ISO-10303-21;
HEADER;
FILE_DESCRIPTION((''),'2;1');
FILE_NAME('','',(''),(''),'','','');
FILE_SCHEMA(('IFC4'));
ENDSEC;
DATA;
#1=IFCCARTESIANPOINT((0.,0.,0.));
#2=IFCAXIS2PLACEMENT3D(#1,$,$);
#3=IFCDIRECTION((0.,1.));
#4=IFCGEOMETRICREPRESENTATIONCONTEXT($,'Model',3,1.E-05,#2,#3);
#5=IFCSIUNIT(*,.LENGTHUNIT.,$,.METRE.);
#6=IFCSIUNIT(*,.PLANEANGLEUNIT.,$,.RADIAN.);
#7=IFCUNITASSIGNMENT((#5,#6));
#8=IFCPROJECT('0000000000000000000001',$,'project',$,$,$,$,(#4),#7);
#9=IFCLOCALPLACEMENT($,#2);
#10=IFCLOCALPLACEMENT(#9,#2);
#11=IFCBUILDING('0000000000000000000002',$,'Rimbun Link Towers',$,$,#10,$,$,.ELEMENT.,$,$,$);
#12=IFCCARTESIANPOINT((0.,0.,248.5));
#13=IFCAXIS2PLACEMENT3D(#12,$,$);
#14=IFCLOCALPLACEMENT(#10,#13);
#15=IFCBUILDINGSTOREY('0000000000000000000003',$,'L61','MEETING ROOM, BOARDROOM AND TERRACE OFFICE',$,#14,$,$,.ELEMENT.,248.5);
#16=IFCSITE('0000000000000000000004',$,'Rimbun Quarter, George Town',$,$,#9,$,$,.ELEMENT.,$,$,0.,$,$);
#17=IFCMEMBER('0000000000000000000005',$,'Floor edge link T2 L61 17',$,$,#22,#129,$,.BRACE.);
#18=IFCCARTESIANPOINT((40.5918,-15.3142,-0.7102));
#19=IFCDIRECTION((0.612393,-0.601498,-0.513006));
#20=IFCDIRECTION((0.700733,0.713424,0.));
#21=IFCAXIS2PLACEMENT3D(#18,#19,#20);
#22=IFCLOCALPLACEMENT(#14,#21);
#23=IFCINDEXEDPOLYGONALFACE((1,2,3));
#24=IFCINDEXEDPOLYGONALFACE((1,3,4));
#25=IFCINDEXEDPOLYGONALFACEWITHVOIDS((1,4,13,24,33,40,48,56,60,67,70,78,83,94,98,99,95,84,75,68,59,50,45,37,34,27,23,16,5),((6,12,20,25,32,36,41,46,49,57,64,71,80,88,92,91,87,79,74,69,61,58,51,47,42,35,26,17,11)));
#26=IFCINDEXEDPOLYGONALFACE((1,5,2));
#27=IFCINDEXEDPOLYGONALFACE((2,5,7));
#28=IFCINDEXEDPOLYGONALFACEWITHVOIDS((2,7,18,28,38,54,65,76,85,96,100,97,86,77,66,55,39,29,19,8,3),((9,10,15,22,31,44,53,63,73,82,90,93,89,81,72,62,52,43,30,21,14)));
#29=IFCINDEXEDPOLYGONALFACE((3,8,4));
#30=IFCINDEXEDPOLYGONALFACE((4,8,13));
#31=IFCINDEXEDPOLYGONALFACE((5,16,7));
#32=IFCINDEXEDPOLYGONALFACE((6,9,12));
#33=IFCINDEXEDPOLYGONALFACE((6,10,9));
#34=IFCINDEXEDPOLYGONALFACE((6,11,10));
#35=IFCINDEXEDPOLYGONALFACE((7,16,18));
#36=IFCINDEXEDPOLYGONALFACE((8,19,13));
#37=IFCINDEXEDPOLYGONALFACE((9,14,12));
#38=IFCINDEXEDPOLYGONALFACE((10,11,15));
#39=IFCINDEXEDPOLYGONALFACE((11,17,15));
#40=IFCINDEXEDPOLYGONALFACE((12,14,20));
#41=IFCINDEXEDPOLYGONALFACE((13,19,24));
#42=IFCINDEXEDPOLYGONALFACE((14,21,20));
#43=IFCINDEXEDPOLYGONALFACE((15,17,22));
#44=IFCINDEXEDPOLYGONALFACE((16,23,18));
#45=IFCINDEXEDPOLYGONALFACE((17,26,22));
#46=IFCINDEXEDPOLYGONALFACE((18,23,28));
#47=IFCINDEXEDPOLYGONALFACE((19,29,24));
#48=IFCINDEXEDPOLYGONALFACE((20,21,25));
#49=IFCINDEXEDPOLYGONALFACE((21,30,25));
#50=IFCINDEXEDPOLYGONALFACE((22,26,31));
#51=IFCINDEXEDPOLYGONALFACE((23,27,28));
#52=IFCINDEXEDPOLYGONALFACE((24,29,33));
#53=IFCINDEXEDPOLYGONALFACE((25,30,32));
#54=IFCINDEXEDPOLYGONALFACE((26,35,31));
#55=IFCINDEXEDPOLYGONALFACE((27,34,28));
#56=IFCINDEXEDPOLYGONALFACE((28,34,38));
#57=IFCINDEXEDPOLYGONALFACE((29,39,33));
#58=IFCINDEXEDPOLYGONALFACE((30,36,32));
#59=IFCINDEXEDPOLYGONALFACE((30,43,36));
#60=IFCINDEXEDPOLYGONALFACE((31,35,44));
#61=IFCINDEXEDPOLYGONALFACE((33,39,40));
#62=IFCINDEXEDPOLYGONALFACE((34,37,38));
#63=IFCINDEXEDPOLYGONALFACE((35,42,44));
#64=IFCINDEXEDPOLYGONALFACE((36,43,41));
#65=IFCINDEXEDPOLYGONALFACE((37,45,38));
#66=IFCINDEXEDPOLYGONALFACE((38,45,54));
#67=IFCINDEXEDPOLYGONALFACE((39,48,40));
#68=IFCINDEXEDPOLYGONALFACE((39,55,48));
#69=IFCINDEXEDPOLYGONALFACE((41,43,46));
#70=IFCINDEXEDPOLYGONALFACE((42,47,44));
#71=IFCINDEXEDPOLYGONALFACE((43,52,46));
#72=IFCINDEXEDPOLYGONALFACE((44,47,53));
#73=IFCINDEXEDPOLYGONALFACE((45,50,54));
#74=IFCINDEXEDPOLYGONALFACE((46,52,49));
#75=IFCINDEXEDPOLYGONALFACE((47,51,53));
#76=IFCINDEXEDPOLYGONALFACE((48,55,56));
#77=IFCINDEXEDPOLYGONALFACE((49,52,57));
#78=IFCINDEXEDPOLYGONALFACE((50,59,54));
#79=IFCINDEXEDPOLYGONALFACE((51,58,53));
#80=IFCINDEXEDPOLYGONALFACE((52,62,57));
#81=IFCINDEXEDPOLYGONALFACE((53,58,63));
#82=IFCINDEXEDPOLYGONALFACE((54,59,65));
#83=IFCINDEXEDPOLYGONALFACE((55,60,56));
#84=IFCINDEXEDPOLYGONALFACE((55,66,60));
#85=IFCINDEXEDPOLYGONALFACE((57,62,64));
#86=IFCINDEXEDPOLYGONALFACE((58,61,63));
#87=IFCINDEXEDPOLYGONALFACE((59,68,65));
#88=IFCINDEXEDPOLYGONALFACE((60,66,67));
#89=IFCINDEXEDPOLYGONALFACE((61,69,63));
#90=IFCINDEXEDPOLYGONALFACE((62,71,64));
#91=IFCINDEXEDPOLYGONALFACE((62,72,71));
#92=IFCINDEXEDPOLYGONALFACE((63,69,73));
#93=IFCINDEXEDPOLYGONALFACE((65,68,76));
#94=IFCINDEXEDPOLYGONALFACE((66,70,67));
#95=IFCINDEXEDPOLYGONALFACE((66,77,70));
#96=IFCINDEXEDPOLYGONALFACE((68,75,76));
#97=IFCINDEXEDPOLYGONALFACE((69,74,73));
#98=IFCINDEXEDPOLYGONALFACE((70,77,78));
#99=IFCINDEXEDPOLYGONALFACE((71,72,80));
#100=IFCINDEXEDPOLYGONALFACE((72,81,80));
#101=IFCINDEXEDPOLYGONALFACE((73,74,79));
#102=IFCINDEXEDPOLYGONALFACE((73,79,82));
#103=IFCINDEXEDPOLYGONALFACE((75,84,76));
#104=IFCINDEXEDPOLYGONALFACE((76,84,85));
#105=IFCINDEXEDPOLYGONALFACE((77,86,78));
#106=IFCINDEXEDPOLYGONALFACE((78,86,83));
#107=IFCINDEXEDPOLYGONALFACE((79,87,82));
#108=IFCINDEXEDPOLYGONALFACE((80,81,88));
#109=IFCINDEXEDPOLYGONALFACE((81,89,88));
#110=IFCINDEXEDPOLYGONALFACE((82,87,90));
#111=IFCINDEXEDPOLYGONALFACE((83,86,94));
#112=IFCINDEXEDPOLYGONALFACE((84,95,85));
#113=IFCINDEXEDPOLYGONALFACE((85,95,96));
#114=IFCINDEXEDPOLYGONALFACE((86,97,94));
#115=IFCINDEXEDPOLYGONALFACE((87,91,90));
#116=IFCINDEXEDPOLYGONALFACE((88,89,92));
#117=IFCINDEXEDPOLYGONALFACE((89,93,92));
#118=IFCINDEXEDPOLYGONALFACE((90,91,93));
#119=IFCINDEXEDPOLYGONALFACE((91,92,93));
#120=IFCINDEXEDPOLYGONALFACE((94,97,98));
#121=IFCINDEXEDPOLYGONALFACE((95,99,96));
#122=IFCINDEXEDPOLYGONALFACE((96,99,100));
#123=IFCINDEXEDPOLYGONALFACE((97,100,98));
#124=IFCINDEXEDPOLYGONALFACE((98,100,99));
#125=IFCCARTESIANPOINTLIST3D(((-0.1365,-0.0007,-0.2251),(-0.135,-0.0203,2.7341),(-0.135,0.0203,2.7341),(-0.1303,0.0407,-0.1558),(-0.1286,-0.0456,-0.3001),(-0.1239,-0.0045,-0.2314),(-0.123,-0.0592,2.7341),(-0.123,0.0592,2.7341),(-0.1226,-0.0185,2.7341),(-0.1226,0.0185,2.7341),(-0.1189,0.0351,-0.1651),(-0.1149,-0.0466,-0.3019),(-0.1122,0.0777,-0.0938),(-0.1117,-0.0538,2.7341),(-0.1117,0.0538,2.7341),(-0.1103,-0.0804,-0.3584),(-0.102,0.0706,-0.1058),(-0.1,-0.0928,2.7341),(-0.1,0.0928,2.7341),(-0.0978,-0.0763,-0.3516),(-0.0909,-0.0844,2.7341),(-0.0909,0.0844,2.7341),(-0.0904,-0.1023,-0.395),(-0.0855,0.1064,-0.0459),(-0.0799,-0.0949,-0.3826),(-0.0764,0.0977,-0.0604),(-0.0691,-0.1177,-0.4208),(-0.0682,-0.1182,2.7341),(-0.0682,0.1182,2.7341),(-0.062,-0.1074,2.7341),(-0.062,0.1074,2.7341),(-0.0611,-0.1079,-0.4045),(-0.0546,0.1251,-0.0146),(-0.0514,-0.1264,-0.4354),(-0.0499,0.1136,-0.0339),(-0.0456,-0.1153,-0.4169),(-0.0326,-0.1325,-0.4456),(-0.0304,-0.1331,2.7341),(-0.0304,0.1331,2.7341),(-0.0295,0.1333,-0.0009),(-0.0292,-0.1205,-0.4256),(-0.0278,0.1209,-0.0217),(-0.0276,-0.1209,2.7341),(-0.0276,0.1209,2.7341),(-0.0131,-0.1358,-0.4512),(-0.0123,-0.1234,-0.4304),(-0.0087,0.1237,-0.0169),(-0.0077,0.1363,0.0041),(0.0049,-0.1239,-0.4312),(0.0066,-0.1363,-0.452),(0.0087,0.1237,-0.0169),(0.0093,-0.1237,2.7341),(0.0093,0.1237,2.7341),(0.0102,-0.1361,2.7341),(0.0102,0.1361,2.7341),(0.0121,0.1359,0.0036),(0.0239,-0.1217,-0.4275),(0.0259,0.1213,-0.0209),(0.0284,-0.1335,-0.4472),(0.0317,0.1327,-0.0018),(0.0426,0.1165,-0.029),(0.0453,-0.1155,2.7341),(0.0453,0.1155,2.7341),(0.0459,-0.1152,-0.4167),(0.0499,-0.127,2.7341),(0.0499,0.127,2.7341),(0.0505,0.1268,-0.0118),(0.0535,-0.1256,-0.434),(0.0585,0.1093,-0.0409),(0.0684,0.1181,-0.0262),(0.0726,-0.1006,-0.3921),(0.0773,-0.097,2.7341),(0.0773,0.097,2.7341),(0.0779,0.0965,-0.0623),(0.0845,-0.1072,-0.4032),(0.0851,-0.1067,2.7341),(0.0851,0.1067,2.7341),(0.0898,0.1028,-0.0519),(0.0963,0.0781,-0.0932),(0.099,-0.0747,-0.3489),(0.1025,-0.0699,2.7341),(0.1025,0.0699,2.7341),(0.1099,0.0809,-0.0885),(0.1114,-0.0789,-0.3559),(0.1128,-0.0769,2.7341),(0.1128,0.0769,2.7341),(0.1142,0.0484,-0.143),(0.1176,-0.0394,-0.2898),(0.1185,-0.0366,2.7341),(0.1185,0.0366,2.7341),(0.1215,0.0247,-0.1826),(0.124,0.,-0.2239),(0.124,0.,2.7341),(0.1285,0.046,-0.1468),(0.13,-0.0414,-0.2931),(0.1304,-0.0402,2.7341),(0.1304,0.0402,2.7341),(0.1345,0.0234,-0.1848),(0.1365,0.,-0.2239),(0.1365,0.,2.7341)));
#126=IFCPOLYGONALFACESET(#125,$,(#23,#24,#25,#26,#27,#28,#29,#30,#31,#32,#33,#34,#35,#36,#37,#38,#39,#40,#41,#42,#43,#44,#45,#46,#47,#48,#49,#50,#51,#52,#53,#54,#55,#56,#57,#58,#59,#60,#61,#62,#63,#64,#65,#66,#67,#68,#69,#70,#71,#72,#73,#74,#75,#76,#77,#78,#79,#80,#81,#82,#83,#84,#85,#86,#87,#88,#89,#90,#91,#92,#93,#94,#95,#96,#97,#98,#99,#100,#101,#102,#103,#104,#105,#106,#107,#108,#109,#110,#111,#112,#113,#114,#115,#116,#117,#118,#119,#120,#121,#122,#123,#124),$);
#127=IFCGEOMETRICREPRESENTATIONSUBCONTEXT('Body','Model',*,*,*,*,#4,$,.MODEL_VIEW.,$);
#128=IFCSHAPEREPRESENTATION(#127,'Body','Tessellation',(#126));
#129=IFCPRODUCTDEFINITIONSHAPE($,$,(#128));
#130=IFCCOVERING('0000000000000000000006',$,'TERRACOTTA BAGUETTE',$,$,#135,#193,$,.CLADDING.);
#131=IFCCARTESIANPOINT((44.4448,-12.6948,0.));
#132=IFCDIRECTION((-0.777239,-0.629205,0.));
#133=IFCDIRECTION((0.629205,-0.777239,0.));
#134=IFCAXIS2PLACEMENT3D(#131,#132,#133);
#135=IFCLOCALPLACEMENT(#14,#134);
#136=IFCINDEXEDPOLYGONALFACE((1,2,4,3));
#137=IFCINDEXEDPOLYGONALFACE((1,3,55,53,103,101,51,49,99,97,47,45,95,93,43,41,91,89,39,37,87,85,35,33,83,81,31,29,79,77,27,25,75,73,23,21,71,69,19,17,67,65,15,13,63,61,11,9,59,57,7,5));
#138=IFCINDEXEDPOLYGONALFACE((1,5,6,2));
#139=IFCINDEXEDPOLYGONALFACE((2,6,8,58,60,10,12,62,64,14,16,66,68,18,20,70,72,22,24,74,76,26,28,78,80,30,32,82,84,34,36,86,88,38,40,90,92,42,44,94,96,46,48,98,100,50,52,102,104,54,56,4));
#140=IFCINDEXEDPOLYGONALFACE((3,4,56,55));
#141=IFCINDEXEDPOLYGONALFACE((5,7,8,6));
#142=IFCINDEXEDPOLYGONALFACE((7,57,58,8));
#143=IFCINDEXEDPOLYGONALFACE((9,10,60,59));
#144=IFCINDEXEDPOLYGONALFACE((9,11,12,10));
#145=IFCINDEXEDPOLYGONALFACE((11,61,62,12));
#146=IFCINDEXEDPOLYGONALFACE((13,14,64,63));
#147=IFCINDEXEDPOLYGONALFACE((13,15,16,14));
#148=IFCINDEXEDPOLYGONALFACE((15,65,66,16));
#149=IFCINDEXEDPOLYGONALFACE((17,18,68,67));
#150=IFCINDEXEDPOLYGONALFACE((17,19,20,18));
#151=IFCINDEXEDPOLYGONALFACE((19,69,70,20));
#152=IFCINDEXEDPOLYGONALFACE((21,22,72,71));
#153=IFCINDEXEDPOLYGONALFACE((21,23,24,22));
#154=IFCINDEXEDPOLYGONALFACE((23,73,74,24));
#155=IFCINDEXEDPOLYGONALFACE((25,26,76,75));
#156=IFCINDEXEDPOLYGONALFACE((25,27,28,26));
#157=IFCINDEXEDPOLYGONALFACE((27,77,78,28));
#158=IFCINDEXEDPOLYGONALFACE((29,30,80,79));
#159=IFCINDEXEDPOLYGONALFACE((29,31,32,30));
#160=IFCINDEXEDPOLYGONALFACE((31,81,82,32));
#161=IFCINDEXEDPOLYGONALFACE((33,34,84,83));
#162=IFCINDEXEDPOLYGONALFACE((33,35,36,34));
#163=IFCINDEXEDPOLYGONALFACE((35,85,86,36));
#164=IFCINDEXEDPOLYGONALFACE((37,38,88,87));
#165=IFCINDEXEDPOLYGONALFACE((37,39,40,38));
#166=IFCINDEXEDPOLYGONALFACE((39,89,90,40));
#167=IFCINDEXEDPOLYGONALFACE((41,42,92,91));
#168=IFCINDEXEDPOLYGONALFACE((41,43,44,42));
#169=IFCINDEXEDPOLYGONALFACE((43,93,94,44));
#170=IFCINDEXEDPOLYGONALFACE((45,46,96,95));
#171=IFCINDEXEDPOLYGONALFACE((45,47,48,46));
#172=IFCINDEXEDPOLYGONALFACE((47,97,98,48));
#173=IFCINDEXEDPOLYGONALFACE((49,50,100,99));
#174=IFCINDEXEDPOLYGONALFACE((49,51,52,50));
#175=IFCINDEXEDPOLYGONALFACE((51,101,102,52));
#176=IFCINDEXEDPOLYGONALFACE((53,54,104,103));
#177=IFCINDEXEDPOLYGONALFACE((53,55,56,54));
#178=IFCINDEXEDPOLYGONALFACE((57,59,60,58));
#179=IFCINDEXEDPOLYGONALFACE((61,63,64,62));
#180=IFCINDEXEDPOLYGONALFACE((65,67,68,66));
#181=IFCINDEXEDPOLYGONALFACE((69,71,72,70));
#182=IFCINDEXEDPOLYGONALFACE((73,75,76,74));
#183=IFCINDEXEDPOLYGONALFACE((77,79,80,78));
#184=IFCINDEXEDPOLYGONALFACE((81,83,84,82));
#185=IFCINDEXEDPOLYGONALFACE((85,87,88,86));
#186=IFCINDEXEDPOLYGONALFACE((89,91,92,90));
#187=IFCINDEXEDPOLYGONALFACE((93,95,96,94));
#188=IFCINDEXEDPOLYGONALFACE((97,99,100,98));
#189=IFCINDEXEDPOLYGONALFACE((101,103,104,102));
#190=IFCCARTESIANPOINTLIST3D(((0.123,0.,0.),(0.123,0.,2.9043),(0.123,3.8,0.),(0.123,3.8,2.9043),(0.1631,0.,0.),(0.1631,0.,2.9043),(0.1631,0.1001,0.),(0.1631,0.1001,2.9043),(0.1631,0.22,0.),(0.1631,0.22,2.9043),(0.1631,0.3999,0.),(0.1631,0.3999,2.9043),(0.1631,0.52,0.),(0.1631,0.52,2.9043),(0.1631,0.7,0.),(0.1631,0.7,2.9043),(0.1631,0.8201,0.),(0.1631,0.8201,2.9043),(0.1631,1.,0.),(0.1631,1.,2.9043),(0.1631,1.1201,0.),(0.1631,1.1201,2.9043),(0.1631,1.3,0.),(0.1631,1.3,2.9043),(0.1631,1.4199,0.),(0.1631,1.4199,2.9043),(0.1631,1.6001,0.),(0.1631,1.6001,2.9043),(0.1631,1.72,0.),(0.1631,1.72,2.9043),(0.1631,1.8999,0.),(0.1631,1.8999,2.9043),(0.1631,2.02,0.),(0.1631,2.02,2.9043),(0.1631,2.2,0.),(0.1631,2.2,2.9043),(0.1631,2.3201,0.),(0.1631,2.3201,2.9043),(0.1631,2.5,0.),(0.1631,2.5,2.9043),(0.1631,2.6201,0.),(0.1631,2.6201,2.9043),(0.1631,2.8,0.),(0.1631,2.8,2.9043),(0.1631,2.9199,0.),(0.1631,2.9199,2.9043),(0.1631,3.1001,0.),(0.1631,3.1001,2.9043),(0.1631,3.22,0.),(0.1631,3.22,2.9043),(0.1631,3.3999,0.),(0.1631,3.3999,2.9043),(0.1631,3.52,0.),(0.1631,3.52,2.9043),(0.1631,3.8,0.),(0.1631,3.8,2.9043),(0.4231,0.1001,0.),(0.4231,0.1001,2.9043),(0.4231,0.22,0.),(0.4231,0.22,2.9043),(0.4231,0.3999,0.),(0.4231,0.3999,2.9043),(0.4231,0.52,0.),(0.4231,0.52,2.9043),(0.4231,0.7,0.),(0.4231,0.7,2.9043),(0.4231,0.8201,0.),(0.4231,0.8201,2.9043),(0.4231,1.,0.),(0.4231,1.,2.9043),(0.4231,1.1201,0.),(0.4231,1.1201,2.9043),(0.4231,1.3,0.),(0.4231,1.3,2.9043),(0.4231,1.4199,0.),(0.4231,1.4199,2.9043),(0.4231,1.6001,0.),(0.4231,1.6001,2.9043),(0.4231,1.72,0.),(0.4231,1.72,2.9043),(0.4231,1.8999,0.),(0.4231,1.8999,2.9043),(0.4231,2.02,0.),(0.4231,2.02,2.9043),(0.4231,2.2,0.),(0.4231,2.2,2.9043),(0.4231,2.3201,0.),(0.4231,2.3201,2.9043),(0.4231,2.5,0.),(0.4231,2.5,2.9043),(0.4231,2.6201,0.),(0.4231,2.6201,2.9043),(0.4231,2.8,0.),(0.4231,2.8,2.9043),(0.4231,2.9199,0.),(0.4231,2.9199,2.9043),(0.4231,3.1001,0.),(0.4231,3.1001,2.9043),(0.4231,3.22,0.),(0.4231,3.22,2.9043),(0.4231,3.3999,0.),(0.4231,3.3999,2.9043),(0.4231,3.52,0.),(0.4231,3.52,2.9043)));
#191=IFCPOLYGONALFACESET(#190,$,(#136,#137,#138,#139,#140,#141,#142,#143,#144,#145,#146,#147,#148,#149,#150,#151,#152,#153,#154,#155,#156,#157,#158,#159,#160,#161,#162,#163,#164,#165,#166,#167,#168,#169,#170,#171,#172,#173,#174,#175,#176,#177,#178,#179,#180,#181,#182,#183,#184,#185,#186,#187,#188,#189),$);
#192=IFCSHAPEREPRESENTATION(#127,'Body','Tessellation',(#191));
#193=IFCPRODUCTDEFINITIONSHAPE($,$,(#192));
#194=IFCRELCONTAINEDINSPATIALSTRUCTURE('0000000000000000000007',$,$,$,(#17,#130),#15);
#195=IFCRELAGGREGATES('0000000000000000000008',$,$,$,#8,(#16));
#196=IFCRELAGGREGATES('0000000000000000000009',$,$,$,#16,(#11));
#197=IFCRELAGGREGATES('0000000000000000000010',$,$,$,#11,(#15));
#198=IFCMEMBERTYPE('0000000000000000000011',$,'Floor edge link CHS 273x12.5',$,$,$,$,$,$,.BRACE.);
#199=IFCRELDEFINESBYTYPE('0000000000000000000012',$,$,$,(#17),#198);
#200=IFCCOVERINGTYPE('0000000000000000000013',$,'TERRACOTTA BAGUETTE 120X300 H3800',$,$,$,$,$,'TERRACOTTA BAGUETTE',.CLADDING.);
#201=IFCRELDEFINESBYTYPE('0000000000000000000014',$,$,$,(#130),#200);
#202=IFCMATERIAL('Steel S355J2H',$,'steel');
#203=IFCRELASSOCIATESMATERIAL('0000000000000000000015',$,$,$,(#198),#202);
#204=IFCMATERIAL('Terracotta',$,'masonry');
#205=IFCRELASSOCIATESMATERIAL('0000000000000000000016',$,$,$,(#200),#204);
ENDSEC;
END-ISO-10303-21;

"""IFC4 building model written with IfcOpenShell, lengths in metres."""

from ifc_helpers import new_model, si_unit, direction, frame, origin, origin_2d, place, context, subcontext, project, spatial, polyline, hollow_circle, outline, extrude, clip, halfspace, material, material_profile, profile_set, type_object, element, save


model = new_model("IFC4")

# Units and contexts
model_context = context("Model", 3, precision=1e-05, world=origin(), true_north=direction((0.0, 1.0)))
body_context = subcontext(model_context, "Body", "Model", "MODEL_VIEW")
ifc_project = project(units=[si_unit("LENGTHUNIT", "METRE"), si_unit("PLANEANGLEUNIT", "RADIAN")], contexts=[model_context])

# Site, building, storey
site_placement = place(None, origin())
site = spatial("IfcSite", under=ifc_project, at=site_placement, Name="Rimbun Quarter, George Town", CompositionType="ELEMENT", RefElevation=0.0)
building_placement = place(site_placement, origin())
building = spatial("IfcBuilding", under=site, at=building_placement, Name="Rimbun Link Towers", CompositionType="ELEMENT")
storey_placement = place(building_placement, frame((0.0, 0.0, 248.5)))
storey = spatial("IfcBuildingStorey", under=building, at=storey_placement, Name="L61", Description="MEETING ROOM, BOARDROOM AND TERRACE OFFICE", CompositionType="ELEMENT", Elevation=248.5)

# Member
ifc_material_1 = material(Name="Steel S355J2H", Category="steel")
ifc_material_profile_1 = material_profile(ifc_material_1, hollow_circle(Radius=0.1365, WallThickness=0.0125, at=origin_2d()), Name="CHS 273x12.5")
ifc_profile_set_1 = profile_set([ifc_material_profile_1], Name="Steel S355J2H")
member_type_1 = type_object("IfcMemberType", Name="Floor edge link CHS 273x12.5", PredefinedType="BRACE", material=ifc_profile_set_1)
member_1_placement = place(storey_placement, frame((40.5918, -15.3142, -0.7102), z_axis=(0.612393, -0.601498, -0.513006), x_axis=(0.700733, 0.713424, 0.0)))
element("IfcMember", 1, at=member_1_placement, inside=storey, type_object=member_type_1, Name="Floor edge link T2 L61 17", PredefinedType="BRACE", context=body_context, shape_type="Clipping", body=[
    clip(extrude(hollow_circle(Radius=0.1365, WallThickness=0.0125, at=origin_2d()), frame((0.0, 0.0, -0.4763)), (0.0, 0.0, 1.0), 3.2104), halfspace(frame((0.0, 0.0, -0.2239), z_axis=(0.0, 0.858385, -0.513006)), False)),
])

# Covering
ifc_material_2 = material(Name="Terracotta", Category="masonry")
ifc_material_profile_2 = material_profile(ifc_material_2, outline(polyline([(0.123, 0.0), (0.1631, 0.0), (0.1631, 0.1001), (0.4231, 0.1001), (0.4231, 0.22), (0.1631, 0.22), (0.1631, 0.3999), (0.4231, 0.3999), (0.4231, 0.52), (0.1631, 0.52), (0.1631, 0.7), (0.4231, 0.7), (0.4231, 0.8201), (0.1631, 0.8201), (0.1631, 1.0), (0.4231, 1.0), (0.4231, 1.1201), (0.1631, 1.1201), (0.1631, 1.3), (0.4231, 1.3), (0.4231, 1.4199), (0.1631, 1.4199), (0.1631, 1.6001), (0.4231, 1.6001), (0.4231, 1.72), (0.1631, 1.72), (0.1631, 1.8999), (0.4231, 1.8999), (0.4231, 2.02), (0.1631, 2.02), (0.1631, 2.2), (0.4231, 2.2), (0.4231, 2.3201), (0.1631, 2.3201), (0.1631, 2.5), (0.4231, 2.5), (0.4231, 2.6201), (0.1631, 2.6201), (0.1631, 2.8), (0.4231, 2.8), (0.4231, 2.9199), (0.1631, 2.9199), (0.1631, 3.1001), (0.4231, 3.1001), (0.4231, 3.22), (0.1631, 3.22), (0.1631, 3.3999), (0.4231, 3.3999), (0.4231, 3.52), (0.1631, 3.52), (0.1631, 3.8), (0.123, 3.8), (0.123, 0.0)])), Name="BAGUETTE 120X300")
ifc_profile_set_2 = profile_set([ifc_material_profile_2], Name="Terracotta")
covering_type = type_object("IfcCoveringType", Name="TERRACOTTA BAGUETTE 120X300 H3800", ElementType="TERRACOTTA BAGUETTE", PredefinedType="CLADDING", material=ifc_profile_set_2)
for number, where, z_axis, x_axis, name in (
    (2, (44.4448, -12.6948, 0.0), (-0.777239, -0.629205, 0.0), (0.629205, -0.777239, 0.0), "TERRACOTTA BAGUETTE"),
):
    element("IfcCovering", number, at=place(storey_placement, frame(where, z_axis=z_axis, x_axis=x_axis)), inside=storey, type_object=covering_type, Name=name, PredefinedType="CLADDING", context=body_context, shape_type="SweptSolid", body=[
        extrude(outline(polyline([(0.123, 0.0), (0.1631, 0.0), (0.1631, 0.1001), (0.4231, 0.1001), (0.4231, 0.22), (0.1631, 0.22), (0.1631, 0.3999), (0.4231, 0.3999), (0.4231, 0.52), (0.1631, 0.52), (0.1631, 0.7), (0.4231, 0.7), (0.4231, 0.8201), (0.1631, 0.8201), (0.1631, 1.0), (0.4231, 1.0), (0.4231, 1.1201), (0.1631, 1.1201), (0.1631, 1.3), (0.4231, 1.3), (0.4231, 1.4199), (0.1631, 1.4199), (0.1631, 1.6001), (0.4231, 1.6001), (0.4231, 1.72), (0.1631, 1.72), (0.1631, 1.8999), (0.4231, 1.8999), (0.4231, 2.02), (0.1631, 2.02), (0.1631, 2.2), (0.4231, 2.2), (0.4231, 2.3201), (0.1631, 2.3201), (0.1631, 2.5), (0.4231, 2.5), (0.4231, 2.6201), (0.1631, 2.6201), (0.1631, 2.8), (0.4231, 2.8), (0.4231, 2.9199), (0.1631, 2.9199), (0.1631, 3.1001), (0.4231, 3.1001), (0.4231, 3.22), (0.1631, 3.22), (0.1631, 3.3999), (0.4231, 3.3999), (0.4231, 3.52), (0.1631, 3.52), (0.1631, 3.8), (0.123, 3.8), (0.123, 0.0)])), origin(), (0.0, 0.0, 1.0), 2.9043),
    ])

save(model, "model.ifc")
